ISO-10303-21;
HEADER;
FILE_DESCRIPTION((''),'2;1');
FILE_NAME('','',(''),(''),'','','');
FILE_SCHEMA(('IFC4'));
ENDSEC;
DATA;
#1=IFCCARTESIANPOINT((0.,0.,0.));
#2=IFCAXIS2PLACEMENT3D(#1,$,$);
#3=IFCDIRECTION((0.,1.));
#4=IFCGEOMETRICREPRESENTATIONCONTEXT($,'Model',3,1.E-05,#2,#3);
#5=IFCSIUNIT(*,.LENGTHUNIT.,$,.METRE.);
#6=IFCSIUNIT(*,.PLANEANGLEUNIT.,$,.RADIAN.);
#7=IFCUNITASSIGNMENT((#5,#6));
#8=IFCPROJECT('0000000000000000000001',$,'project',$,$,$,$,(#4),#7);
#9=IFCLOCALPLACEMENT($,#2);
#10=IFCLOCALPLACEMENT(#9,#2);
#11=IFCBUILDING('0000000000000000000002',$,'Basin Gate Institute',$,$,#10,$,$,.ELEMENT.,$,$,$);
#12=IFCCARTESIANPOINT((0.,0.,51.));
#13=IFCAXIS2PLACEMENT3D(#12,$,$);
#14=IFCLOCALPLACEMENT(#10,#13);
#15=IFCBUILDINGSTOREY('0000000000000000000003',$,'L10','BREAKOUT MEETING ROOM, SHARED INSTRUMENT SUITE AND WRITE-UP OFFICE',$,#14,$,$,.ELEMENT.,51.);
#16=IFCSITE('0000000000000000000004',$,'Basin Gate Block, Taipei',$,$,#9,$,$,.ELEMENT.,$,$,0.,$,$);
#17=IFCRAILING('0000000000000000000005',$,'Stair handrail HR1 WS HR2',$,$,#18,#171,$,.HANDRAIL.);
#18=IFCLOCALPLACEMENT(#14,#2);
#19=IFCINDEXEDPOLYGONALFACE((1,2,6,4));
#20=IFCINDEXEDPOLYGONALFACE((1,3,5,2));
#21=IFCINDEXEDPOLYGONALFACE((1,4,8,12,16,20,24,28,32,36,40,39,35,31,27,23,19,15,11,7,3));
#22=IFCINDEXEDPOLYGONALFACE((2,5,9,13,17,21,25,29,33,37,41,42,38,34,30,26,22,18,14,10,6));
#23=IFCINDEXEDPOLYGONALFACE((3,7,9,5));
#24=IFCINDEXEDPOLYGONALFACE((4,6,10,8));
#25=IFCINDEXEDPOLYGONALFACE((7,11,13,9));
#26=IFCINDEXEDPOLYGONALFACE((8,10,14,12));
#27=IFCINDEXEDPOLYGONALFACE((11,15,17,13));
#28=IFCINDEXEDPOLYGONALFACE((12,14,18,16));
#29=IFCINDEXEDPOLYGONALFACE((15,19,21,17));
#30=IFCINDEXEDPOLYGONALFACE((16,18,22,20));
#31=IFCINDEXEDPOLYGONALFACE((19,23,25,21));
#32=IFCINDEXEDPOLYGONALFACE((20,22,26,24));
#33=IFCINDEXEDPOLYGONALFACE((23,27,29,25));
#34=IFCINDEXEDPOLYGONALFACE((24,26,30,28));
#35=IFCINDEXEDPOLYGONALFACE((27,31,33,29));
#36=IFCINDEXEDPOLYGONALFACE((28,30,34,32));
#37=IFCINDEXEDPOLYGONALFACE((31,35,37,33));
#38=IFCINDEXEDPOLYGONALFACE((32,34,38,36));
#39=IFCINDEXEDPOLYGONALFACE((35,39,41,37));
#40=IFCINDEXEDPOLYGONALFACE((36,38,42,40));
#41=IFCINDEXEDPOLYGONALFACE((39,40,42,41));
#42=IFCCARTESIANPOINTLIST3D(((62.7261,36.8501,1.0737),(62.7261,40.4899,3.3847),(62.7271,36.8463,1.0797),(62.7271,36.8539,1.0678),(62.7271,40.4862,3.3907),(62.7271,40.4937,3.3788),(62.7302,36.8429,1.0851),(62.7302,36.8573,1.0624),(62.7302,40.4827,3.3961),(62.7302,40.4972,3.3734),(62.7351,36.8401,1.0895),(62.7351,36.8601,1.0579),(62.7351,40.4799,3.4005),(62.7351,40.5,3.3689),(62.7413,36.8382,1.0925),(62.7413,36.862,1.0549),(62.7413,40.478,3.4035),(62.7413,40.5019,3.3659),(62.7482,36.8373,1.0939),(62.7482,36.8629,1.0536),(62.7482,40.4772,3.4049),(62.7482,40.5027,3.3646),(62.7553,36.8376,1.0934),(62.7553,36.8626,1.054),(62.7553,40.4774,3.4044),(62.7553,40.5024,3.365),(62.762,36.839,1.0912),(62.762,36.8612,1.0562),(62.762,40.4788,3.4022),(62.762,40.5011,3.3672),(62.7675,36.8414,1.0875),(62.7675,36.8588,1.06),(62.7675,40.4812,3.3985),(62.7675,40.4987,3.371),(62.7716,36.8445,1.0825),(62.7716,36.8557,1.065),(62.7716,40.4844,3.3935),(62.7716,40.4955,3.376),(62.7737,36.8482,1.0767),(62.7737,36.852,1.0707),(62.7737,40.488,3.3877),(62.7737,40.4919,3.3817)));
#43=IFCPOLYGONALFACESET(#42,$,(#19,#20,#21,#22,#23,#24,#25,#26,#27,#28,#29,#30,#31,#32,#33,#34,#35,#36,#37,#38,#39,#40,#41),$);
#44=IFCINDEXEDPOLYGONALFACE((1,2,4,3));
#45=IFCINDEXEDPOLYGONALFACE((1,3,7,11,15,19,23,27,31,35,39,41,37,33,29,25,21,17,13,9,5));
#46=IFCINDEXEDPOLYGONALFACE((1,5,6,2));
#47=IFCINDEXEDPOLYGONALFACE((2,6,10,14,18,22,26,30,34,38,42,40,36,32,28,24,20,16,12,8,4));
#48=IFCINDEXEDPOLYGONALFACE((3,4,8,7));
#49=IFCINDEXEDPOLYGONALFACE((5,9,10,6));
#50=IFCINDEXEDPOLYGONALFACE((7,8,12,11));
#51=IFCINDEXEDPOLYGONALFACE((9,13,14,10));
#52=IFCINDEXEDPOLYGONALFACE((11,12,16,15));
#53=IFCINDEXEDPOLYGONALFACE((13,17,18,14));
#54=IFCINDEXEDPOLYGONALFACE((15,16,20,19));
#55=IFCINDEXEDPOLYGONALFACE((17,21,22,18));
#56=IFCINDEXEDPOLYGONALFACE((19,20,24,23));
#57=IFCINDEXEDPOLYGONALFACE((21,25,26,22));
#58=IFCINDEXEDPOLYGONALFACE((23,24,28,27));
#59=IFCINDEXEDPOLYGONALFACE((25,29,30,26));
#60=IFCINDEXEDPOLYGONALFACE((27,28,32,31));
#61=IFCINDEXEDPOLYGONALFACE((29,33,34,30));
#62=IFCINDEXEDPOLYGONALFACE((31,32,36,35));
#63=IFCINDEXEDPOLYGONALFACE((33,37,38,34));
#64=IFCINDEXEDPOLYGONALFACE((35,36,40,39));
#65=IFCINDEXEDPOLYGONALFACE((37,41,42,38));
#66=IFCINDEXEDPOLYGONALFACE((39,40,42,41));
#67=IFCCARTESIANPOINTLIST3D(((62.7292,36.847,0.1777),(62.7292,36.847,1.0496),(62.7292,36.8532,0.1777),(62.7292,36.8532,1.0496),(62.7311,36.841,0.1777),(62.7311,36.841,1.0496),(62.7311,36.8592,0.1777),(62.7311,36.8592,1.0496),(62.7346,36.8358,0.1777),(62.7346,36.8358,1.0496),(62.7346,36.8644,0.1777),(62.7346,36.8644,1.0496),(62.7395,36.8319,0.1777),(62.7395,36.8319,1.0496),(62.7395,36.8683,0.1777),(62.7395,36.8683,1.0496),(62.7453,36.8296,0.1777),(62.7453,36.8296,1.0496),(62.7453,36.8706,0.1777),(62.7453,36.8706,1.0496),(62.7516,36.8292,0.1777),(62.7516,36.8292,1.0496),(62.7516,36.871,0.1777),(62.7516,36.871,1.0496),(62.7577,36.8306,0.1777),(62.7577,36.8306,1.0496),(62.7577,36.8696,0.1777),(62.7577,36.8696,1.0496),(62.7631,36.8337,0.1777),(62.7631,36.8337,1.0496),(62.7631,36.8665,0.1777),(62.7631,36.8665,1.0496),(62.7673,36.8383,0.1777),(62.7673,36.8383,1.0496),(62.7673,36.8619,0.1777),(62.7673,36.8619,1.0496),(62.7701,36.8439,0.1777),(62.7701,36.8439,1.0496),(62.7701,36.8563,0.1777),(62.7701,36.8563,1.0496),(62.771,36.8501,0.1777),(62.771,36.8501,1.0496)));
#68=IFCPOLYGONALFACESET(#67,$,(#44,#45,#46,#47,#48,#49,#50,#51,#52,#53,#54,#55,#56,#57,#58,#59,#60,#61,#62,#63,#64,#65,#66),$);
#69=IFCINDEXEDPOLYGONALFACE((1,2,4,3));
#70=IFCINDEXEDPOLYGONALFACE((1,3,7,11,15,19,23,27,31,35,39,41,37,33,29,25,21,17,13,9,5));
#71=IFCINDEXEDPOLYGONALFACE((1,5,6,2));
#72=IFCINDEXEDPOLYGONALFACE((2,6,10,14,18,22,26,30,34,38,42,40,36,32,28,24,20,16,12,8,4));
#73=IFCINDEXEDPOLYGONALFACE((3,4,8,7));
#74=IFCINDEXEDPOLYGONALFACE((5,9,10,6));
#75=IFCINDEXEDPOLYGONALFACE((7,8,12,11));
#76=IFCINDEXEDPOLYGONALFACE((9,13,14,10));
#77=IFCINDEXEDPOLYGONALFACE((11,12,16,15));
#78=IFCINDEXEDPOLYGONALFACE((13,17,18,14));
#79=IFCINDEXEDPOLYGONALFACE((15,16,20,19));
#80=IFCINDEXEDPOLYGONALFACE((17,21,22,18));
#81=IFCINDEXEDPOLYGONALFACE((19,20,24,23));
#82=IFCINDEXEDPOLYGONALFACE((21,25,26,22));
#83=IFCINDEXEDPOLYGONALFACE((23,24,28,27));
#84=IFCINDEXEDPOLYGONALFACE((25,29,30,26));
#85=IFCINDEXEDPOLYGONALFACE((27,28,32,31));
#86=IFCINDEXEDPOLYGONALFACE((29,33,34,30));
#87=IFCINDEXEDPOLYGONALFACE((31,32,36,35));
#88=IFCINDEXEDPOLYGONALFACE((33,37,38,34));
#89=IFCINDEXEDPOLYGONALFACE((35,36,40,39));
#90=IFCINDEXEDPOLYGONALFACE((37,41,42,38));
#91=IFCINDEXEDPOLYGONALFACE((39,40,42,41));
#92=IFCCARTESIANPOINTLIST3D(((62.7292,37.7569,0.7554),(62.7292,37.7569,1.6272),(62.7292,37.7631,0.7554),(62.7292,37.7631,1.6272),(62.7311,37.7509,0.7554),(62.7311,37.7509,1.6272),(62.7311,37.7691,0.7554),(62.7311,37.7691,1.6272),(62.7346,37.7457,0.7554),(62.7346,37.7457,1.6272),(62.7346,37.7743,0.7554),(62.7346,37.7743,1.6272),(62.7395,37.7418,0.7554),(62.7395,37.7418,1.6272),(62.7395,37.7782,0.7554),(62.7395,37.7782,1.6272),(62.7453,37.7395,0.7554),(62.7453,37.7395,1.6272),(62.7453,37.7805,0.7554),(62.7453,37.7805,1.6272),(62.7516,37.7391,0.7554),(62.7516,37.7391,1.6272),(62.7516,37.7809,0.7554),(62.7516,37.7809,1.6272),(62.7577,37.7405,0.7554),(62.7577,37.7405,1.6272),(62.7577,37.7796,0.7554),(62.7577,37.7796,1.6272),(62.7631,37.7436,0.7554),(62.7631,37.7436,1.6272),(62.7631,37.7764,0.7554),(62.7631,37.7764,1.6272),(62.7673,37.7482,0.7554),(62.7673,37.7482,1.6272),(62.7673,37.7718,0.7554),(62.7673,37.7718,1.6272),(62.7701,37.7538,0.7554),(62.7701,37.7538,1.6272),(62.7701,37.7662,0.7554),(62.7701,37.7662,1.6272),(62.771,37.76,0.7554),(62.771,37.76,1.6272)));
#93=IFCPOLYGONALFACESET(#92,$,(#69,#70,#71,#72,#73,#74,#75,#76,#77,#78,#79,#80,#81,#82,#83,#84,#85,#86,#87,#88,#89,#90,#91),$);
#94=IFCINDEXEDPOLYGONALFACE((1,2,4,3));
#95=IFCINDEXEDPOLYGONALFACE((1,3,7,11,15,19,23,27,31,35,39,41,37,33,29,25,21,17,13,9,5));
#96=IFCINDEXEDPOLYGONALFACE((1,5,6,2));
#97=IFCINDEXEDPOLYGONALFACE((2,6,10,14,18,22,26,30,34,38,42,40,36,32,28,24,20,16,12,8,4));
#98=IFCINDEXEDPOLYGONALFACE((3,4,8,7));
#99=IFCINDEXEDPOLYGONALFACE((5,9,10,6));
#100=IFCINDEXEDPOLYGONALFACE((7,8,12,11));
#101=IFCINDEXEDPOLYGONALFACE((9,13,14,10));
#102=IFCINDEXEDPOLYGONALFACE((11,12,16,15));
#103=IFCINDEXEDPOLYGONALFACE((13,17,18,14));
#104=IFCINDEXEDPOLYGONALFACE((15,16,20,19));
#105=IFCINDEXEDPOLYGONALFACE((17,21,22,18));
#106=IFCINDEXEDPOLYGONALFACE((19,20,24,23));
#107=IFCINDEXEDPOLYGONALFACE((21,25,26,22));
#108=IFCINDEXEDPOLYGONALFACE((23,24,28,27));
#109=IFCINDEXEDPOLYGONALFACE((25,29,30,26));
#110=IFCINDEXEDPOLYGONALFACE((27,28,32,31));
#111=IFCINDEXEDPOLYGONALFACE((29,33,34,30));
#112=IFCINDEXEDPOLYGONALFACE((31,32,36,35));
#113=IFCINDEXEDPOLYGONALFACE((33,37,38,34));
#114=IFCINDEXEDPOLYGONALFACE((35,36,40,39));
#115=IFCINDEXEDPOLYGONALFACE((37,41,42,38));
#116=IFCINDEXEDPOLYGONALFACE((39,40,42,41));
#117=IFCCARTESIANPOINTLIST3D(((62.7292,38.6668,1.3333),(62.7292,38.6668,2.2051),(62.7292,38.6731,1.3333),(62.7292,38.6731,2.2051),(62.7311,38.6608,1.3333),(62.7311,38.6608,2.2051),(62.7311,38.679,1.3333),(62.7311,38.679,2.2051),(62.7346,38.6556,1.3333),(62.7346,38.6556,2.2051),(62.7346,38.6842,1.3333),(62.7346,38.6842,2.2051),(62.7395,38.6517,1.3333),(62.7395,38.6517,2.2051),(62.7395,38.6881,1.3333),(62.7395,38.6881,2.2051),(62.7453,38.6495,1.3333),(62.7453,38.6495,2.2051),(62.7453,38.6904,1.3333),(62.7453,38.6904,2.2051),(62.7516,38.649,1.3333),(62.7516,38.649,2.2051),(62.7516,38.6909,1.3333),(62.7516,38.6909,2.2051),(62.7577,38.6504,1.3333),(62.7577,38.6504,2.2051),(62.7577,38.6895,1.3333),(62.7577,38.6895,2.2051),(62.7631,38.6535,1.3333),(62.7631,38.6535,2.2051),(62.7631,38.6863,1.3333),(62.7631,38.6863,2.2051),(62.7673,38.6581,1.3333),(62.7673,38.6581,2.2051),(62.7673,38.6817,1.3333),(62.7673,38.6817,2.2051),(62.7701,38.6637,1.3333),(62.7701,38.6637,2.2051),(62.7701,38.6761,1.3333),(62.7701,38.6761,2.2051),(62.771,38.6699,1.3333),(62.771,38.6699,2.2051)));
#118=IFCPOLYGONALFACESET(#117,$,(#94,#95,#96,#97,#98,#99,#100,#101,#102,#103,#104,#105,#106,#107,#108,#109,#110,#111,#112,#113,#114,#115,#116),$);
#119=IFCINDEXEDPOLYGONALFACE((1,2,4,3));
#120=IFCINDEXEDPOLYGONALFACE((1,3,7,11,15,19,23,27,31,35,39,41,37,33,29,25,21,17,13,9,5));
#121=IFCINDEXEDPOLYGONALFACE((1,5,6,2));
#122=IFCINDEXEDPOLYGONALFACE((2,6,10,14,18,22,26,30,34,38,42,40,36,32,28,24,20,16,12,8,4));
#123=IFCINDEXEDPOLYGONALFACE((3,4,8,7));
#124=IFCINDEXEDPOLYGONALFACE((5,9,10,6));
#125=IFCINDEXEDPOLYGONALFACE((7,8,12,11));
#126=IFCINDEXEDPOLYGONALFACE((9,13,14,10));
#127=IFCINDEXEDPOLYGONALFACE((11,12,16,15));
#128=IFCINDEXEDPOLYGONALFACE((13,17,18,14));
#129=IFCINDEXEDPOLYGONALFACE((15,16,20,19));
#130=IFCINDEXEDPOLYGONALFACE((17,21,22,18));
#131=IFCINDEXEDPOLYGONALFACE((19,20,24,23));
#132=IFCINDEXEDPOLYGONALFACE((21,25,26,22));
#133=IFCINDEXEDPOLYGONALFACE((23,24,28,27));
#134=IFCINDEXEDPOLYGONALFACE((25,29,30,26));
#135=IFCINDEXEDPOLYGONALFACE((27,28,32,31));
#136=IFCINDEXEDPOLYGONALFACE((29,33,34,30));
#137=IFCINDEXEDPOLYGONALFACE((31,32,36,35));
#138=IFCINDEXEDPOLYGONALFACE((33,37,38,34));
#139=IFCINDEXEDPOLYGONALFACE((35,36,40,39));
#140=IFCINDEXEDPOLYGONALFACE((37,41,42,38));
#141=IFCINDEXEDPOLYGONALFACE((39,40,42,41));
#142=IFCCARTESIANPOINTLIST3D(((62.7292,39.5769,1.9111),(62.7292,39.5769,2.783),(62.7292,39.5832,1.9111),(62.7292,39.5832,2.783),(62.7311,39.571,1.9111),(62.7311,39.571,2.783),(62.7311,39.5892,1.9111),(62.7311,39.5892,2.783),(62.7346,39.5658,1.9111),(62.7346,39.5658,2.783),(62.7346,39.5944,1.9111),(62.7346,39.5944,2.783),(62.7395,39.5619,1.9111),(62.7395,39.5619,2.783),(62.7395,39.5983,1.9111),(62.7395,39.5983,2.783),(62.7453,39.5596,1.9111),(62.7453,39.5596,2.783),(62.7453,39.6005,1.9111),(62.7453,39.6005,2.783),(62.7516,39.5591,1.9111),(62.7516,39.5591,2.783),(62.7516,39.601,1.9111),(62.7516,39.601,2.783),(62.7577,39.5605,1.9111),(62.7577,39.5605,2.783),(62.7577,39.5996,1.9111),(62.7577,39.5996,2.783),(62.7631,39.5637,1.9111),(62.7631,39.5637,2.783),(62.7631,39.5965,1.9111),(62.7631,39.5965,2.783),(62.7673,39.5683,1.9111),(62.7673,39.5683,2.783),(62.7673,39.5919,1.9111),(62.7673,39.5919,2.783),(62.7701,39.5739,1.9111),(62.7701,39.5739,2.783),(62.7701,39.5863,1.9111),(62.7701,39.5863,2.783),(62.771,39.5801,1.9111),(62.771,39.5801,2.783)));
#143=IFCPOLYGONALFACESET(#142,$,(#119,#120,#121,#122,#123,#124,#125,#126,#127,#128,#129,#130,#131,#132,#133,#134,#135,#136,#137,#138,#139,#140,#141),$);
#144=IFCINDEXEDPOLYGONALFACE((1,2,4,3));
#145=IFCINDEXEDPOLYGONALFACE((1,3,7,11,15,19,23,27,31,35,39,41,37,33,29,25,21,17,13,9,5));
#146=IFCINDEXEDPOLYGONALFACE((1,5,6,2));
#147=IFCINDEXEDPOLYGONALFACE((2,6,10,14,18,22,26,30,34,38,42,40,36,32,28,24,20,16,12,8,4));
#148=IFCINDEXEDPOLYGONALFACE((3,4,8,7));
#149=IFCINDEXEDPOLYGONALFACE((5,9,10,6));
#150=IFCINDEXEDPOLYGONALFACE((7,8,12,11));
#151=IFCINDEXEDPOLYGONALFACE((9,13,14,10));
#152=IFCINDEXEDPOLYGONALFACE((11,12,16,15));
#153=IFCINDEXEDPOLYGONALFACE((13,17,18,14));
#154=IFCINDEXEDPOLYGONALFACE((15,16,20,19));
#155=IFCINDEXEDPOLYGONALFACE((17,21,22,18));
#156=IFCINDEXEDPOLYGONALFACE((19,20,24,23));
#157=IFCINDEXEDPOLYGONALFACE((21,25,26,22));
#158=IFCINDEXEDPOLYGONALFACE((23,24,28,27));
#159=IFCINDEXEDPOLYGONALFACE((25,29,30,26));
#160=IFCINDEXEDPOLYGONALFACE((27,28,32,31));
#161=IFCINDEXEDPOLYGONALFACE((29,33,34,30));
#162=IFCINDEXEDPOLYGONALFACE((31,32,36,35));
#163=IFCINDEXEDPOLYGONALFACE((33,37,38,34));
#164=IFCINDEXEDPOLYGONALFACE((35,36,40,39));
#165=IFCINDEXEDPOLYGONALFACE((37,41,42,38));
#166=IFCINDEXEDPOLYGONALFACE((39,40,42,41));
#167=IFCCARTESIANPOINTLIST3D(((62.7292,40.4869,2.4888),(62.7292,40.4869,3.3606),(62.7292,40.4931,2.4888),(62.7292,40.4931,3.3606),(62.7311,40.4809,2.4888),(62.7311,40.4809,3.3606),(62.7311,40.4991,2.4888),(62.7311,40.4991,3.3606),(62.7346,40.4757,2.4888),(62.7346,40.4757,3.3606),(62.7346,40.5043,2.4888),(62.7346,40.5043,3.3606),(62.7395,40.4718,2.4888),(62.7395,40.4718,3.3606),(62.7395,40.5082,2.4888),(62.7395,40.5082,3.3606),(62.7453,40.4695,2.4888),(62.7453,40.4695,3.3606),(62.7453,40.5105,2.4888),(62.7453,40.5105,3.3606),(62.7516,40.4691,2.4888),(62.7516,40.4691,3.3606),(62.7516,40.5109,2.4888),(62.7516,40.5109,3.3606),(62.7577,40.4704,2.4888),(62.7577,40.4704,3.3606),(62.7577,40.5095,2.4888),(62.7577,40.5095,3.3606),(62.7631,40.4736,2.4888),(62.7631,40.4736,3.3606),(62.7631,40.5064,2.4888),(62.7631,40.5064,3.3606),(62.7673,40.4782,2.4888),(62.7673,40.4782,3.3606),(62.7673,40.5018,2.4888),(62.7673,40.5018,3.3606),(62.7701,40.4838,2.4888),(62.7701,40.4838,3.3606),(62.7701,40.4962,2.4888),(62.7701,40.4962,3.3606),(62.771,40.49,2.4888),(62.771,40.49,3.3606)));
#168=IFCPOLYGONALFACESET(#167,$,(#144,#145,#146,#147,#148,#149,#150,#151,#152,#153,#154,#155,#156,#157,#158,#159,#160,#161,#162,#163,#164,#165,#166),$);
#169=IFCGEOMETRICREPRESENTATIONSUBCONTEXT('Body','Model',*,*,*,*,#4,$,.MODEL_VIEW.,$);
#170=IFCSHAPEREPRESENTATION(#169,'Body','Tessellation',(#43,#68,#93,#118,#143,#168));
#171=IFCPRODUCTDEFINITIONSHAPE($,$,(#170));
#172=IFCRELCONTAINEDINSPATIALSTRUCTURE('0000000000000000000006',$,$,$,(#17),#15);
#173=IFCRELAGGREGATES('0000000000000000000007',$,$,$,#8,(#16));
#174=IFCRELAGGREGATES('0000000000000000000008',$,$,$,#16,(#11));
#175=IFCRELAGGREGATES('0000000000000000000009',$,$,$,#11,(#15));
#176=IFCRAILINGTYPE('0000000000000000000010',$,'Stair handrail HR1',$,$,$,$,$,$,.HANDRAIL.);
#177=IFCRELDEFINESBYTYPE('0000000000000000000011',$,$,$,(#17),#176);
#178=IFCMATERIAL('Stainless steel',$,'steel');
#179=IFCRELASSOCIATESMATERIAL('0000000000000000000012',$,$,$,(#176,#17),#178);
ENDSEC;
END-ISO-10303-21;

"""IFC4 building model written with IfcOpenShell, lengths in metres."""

from ifc_helpers import new_model, si_unit, direction, frame, origin, origin_2d, place, context, subcontext, project, spatial, circle, extrude, material, type_object, element, save


model = new_model("IFC4")

# Units and contexts
model_context = context("Model", 3, precision=1e-05, world=origin(), true_north=direction((0.0, 1.0)))
body_context = subcontext(model_context, "Body", "Model", "MODEL_VIEW")
ifc_project = project(units=[si_unit("LENGTHUNIT", "METRE"), si_unit("PLANEANGLEUNIT", "RADIAN")], contexts=[model_context])

# Site, building, storey
site_placement = place(None, origin())
site = spatial("IfcSite", under=ifc_project, at=site_placement, Name="Basin Gate Block, Taipei", CompositionType="ELEMENT", RefElevation=0.0)
building_placement = place(site_placement, origin())
building = spatial("IfcBuilding", under=site, at=building_placement, Name="Basin Gate Institute", CompositionType="ELEMENT")
storey_placement = place(building_placement, frame((0.0, 0.0, 51.0)))
storey = spatial("IfcBuildingStorey", under=building, at=storey_placement, Name="L10", Description="BREAKOUT MEETING ROOM, SHARED INSTRUMENT SUITE AND WRITE-UP OFFICE", CompositionType="ELEMENT", Elevation=51.0)

# Railing
ifc_material_1 = material(Name="Stainless steel", Category="steel")
railing_type_1 = type_object("IfcRailingType", Name="Stair handrail HR1", PredefinedType="HANDRAIL", material=ifc_material_1)
for number, where, name in (
    (1, (62.75, 36.8501, 0.1777), "Stair handrail HR1 WS HR2"),
):
    element("IfcRailing", number, at=place(storey_placement, frame(where)), inside=storey, type_object=railing_type_1, material=ifc_material_1, Name=name, PredefinedType="HANDRAIL", context=body_context, shape_type="SweptSolid", body=[
        extrude(circle(Radius=0.0239, at=origin_2d()), frame((0.0, 0.0, 0.896), z_axis=(0.0, 0.844214, 0.536007), x_axis=(-1.0, 0.0, 0.0)), (0.0, 0.0, 1.0), 4.3115),
        extrude(circle(Radius=0.021, at=origin_2d()), origin(), (0.0, 0.0, 1.0), 0.8718),
        extrude(circle(Radius=0.021, at=origin_2d()), frame((0.0, 0.9099, 0.5776)), (0.0, 0.0, 1.0), 0.8718),
        extrude(circle(Radius=0.021, at=origin_2d()), frame((0.0, 1.8198, 1.1555)), (0.0, 0.0, 1.0), 0.8718),
        extrude(circle(Radius=0.021, at=origin_2d()), frame((0.0, 2.73, 1.7334)), (0.0, 0.0, 1.0), 0.8718),
        extrude(circle(Radius=0.021, at=origin_2d()), frame((0.0, 3.6399, 2.311)), (0.0, 0.0, 1.0), 0.8718),
    ])

save(model, "model.ifc")
